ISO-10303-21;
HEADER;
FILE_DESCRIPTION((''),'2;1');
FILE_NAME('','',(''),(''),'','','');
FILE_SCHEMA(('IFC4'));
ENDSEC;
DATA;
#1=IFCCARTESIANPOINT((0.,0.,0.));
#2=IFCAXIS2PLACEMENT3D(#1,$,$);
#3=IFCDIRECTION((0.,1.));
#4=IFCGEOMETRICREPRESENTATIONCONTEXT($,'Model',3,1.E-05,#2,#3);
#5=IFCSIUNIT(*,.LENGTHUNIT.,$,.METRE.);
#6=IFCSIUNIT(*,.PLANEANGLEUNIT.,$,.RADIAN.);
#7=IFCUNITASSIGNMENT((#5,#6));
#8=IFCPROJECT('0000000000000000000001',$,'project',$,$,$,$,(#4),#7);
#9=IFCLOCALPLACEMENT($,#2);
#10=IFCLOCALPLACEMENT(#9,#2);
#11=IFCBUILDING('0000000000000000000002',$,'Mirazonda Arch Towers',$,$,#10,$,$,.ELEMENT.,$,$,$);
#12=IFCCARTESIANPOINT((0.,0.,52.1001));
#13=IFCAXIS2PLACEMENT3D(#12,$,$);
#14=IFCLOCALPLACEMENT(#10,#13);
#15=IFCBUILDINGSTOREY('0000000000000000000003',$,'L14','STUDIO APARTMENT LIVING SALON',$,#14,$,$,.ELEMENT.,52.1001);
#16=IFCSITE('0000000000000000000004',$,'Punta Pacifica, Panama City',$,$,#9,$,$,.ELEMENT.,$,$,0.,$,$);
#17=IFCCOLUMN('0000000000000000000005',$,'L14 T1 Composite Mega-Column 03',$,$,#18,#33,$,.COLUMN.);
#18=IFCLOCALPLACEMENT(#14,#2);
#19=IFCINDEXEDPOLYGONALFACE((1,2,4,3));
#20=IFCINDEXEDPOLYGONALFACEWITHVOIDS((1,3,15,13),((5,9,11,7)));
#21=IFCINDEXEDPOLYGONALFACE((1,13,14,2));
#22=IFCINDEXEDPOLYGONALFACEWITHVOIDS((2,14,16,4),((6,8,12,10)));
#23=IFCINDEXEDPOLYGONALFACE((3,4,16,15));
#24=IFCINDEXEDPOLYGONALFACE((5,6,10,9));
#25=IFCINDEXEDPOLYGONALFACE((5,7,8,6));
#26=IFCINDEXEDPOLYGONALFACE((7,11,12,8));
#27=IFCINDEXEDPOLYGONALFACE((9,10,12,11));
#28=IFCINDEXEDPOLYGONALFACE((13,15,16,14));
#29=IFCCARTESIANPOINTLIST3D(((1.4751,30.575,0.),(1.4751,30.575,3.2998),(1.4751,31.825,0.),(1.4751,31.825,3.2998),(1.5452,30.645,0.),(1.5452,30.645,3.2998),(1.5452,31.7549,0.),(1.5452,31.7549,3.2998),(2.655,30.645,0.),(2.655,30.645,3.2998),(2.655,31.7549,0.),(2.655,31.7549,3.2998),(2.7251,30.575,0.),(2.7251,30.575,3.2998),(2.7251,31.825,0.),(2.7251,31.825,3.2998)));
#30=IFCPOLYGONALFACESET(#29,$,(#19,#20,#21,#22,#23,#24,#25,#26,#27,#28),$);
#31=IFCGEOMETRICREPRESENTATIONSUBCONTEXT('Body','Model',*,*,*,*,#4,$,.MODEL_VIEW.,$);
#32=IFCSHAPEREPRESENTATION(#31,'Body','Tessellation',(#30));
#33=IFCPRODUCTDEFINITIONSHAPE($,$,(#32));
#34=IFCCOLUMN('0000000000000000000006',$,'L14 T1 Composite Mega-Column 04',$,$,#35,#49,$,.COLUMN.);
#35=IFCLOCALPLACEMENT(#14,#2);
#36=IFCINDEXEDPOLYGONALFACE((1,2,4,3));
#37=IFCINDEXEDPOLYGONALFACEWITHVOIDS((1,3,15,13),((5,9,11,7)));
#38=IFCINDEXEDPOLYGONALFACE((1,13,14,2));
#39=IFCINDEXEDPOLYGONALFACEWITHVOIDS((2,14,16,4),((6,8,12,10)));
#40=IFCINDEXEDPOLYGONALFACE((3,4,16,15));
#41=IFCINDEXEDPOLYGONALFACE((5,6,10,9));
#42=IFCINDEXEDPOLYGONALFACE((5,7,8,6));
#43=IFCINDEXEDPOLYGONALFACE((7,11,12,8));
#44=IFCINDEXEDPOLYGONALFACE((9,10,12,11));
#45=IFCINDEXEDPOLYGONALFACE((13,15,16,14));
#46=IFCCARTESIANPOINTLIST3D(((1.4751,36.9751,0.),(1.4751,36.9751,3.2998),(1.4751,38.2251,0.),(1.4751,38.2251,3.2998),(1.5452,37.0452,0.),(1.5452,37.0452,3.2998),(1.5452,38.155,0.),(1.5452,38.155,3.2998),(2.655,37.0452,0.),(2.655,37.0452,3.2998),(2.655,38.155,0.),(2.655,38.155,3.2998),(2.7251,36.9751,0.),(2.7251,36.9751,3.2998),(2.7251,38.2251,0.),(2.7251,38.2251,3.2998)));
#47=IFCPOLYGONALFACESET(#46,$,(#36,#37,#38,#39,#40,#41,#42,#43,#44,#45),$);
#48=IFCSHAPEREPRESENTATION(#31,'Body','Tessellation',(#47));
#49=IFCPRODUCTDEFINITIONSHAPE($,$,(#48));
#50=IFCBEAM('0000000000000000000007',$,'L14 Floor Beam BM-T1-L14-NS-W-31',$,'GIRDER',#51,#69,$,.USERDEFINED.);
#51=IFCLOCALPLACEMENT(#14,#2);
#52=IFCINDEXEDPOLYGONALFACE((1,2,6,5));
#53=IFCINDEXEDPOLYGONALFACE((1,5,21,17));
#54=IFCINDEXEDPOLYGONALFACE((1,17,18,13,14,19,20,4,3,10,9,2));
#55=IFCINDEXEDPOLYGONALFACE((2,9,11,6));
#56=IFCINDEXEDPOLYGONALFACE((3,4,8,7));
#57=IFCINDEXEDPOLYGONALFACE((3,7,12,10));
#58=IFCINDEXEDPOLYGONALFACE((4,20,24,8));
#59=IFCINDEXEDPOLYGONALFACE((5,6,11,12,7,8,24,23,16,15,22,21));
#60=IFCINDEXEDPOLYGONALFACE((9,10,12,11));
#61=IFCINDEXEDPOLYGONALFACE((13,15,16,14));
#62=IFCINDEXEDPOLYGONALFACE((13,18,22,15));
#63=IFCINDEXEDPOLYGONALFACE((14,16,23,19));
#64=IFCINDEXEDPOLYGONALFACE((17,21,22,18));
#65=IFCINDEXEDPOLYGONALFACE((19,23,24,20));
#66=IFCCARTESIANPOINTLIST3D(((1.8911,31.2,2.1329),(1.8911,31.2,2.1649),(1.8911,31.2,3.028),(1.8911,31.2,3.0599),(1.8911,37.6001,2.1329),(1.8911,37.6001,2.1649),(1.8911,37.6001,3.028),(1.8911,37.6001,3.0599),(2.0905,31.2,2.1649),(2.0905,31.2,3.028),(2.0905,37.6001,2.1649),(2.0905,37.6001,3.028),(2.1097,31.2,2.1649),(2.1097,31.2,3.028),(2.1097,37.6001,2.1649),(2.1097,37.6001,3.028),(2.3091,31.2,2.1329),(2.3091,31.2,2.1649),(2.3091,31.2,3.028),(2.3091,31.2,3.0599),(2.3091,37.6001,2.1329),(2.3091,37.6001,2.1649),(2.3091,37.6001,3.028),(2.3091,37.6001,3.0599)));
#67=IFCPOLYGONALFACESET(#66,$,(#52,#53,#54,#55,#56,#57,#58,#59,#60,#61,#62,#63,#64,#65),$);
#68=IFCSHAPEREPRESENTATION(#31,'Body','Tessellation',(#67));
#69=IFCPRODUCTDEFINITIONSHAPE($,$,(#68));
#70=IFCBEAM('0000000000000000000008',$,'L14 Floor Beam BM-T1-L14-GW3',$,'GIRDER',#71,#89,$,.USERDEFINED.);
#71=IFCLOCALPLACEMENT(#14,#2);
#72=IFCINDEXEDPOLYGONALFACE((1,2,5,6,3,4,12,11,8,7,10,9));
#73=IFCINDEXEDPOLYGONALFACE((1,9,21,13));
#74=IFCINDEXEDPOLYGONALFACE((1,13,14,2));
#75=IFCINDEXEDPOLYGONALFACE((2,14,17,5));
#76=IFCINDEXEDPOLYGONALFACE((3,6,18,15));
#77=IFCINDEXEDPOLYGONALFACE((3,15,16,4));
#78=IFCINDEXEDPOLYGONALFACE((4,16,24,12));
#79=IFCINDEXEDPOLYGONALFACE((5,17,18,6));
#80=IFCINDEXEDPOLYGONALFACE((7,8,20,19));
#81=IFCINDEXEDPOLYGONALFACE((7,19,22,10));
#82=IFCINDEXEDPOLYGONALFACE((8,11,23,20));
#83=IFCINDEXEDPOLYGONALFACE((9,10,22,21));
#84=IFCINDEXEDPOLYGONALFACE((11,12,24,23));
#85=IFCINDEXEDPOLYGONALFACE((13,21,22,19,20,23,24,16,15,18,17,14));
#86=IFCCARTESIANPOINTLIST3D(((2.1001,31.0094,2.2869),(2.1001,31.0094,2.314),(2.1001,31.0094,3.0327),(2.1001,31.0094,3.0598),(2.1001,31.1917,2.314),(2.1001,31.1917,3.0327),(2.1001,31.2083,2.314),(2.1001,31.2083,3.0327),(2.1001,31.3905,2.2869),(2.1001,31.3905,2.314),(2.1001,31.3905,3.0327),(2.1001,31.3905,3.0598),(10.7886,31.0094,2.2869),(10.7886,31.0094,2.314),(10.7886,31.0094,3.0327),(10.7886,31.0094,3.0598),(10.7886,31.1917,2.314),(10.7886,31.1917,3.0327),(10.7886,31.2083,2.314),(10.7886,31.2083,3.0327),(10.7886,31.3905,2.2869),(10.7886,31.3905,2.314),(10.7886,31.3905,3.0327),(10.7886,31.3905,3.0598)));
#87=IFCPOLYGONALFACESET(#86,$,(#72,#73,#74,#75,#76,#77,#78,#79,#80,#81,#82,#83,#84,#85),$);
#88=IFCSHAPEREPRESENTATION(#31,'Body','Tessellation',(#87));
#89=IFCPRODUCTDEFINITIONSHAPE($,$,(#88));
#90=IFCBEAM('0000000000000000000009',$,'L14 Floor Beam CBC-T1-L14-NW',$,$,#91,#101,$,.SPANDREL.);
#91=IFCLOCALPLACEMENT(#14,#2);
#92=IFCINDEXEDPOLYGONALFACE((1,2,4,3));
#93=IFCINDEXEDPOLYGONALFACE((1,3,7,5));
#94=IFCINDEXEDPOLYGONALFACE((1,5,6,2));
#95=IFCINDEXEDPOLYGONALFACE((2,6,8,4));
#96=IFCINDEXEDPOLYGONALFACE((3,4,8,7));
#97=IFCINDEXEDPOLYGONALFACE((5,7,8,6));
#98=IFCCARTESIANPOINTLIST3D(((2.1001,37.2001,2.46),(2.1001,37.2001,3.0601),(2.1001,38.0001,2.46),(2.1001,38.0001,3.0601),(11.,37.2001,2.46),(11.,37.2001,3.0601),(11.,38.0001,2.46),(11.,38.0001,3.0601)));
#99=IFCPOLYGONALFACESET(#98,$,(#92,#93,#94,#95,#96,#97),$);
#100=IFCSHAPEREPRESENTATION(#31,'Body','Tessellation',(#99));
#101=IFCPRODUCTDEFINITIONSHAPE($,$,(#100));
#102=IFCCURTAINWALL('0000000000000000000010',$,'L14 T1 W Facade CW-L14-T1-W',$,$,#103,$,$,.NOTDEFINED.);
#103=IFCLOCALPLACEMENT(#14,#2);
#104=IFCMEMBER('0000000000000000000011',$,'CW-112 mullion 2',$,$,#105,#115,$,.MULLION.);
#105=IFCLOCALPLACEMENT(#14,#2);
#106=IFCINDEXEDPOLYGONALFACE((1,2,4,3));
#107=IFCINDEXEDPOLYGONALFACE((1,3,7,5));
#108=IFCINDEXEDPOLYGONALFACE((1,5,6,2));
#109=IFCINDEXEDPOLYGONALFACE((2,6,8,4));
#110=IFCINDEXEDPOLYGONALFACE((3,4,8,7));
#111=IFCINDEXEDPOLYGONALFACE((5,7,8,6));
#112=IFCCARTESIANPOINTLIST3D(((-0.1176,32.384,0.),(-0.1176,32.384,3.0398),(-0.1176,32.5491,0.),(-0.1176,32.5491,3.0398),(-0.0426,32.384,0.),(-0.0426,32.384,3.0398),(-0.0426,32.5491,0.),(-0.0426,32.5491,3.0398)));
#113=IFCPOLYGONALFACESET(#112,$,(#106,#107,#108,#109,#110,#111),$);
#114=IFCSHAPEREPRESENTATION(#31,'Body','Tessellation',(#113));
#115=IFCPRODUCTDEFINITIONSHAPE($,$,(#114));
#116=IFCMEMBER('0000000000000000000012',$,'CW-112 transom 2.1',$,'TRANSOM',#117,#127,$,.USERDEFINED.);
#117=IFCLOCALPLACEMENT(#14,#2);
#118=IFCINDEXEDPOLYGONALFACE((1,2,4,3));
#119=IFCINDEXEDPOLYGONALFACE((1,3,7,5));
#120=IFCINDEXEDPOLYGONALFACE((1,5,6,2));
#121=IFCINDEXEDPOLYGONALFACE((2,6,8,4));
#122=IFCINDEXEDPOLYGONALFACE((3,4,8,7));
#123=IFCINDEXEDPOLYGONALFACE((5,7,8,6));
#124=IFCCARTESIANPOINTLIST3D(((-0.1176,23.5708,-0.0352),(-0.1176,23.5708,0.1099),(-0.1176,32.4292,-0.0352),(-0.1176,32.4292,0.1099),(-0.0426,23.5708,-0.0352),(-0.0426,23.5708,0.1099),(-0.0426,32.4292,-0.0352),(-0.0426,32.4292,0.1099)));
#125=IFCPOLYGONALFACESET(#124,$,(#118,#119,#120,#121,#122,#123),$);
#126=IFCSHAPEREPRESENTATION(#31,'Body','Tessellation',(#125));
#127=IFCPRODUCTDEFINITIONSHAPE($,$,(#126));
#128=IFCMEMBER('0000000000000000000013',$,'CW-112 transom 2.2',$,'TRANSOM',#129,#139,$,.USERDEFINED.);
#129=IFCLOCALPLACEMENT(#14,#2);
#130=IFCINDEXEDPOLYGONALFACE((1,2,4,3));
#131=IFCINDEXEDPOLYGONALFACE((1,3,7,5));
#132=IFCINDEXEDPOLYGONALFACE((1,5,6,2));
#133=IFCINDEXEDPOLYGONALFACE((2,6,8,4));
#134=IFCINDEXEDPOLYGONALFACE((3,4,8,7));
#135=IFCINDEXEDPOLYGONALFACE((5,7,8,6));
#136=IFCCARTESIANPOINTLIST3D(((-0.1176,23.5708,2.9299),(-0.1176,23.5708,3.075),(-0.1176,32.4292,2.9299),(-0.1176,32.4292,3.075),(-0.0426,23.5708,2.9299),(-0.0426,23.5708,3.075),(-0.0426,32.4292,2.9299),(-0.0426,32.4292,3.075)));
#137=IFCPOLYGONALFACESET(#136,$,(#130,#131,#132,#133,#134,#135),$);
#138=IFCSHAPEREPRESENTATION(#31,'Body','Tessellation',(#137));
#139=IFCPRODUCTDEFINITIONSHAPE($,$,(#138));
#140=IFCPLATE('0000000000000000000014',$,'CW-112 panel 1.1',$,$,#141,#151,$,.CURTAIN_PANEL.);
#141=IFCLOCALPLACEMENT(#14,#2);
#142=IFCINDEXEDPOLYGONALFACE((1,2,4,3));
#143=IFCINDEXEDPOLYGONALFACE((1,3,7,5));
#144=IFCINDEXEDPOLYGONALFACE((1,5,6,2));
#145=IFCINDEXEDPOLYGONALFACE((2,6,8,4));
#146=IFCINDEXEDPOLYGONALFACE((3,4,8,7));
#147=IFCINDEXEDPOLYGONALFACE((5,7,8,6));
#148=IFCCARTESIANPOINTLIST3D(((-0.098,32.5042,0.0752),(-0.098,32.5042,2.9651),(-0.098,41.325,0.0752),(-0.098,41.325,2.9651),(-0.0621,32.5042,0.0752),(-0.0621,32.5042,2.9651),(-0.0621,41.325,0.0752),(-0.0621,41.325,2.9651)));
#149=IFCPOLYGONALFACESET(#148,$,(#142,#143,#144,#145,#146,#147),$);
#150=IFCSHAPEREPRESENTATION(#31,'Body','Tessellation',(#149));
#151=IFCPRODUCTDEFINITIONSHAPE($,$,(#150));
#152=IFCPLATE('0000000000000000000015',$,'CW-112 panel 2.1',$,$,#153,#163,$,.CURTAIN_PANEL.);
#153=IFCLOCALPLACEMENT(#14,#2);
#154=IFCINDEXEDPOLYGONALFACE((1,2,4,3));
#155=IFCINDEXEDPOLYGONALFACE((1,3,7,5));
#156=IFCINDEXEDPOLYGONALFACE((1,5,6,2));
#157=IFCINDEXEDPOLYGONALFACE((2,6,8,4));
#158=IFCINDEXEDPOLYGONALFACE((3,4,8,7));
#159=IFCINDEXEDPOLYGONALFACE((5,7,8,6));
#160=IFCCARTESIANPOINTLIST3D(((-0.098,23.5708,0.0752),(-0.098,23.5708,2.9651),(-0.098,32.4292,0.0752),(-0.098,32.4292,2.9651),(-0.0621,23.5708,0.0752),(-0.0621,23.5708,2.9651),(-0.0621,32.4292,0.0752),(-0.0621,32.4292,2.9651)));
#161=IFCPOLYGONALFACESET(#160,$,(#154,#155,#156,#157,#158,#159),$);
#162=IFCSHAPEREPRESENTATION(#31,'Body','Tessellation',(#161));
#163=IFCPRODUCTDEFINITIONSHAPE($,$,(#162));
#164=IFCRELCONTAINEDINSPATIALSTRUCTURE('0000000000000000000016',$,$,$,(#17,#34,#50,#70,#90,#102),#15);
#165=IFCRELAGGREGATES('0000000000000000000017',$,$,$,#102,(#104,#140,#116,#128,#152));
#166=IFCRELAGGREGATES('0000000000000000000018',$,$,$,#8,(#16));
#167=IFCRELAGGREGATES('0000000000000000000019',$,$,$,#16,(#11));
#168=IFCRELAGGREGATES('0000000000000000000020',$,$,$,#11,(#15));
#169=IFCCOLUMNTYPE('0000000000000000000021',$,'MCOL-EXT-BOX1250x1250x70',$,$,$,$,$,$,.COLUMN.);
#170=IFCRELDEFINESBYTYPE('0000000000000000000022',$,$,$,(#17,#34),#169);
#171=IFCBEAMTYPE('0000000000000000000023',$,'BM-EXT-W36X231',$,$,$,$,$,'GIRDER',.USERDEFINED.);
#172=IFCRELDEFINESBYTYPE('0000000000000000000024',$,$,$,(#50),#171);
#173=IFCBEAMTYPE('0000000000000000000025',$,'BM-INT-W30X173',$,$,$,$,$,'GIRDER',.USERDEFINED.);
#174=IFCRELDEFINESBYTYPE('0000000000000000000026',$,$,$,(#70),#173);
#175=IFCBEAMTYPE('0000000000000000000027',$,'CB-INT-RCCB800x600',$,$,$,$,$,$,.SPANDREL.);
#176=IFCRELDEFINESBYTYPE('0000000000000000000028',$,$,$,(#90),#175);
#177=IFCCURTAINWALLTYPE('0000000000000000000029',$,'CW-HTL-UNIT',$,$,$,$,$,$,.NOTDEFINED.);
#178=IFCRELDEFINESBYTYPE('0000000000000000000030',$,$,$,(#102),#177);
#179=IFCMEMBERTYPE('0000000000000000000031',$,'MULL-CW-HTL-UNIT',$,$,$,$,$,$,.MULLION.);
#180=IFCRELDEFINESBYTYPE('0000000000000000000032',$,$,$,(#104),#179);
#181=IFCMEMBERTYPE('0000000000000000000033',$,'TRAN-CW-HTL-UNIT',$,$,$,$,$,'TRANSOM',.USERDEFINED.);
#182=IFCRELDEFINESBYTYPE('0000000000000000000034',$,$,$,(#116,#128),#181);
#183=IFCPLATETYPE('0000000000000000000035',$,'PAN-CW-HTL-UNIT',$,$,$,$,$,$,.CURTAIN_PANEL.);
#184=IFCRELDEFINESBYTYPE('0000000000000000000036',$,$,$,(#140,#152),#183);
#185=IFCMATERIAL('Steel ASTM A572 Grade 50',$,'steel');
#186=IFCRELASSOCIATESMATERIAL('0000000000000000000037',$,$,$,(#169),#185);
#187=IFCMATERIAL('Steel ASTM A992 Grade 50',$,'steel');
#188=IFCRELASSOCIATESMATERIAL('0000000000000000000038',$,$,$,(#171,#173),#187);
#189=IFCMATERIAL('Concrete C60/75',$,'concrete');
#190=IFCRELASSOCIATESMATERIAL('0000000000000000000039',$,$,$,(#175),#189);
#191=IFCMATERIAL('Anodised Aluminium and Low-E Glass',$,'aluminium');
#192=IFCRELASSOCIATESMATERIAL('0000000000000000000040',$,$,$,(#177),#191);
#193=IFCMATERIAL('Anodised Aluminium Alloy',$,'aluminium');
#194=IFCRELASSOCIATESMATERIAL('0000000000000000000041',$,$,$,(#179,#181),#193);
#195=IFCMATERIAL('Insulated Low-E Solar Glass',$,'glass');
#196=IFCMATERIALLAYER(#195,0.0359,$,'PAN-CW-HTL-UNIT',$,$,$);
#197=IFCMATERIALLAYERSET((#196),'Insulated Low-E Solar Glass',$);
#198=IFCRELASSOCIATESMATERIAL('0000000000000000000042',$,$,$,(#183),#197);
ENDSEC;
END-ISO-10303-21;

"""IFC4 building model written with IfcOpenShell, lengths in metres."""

from ifc_helpers import new_model, si_unit, direction, frame, origin, origin_2d, place, context, subcontext, project, spatial, rectangle, hollow_rectangle, i_section, extrude, material, layer, layer_set, material_profile, profile_set, type_object, element, aggregate, save


model = new_model("IFC4")

# Units and contexts
model_context = context("Model", 3, precision=1e-05, world=origin(), true_north=direction((0.0, 1.0)))
body_context = subcontext(model_context, "Body", "Model", "MODEL_VIEW")
ifc_project = project(units=[si_unit("LENGTHUNIT", "METRE"), si_unit("PLANEANGLEUNIT", "RADIAN")], contexts=[model_context])

# Site, building, storey
site_placement = place(None, origin())
site = spatial("IfcSite", under=ifc_project, at=site_placement, Name="Punta Pacifica, Panama City", CompositionType="ELEMENT", RefElevation=0.0)
building_placement = place(site_placement, origin())
building = spatial("IfcBuilding", under=site, at=building_placement, Name="Mirazonda Arch Towers", CompositionType="ELEMENT")
storey_placement = place(building_placement, frame((0.0, 0.0, 52.1001)))
storey = spatial("IfcBuildingStorey", under=building, at=storey_placement, Name="L14", Description="STUDIO APARTMENT LIVING SALON", CompositionType="ELEMENT", Elevation=52.1001)

# Columns
ifc_material_1 = material(Name="Steel ASTM A572 Grade 50", Category="steel")
ifc_material_profile_1 = material_profile(ifc_material_1, hollow_rectangle(XDim=1.25, YDim=1.25, WallThickness=0.0701, at=origin_2d()), Name="BOX1250x1250x70")
ifc_profile_set_1 = profile_set([ifc_material_profile_1], Name="Steel ASTM A572 Grade 50")
column_type = type_object("IfcColumnType", Name="MCOL-EXT-BOX1250x1250x70", PredefinedType="COLUMN", material=ifc_profile_set_1)
for number, where, z_axis, x_axis, name in (
    (1, (2.1001, 31.2, 0.0), (0.0, 0.0, 1.0), (1.0, 0.0, 0.0), "L14 T1 Composite Mega-Column 03"),
    (2, (2.1001, 37.6001, 0.0), (0.0, 0.0, 1.0), (1.0, 0.0, 0.0), "L14 T1 Composite Mega-Column 04"),
):
    element("IfcColumn", number, at=place(storey_placement, frame(where, z_axis=z_axis, x_axis=x_axis)), inside=storey, type_object=column_type, Name=name, PredefinedType="COLUMN", context=body_context, shape_type="SweptSolid", body=[
        extrude(hollow_rectangle(XDim=1.25, YDim=1.25, WallThickness=0.0701, at=origin_2d()), origin(), (0.0, 0.0, 1.0), 3.2998),
    ])

# Beams
ifc_material_2 = material(Name="Steel ASTM A992 Grade 50", Category="steel")
ifc_material_profile_2 = material_profile(ifc_material_2, i_section(OverallWidth=0.418, OverallDepth=0.927, WebThickness=0.0193, FlangeThickness=0.032, at=origin_2d()), Name="W36X231")
ifc_profile_set_2 = profile_set([ifc_material_profile_2], Name="Steel ASTM A992 Grade 50")
beam_type_1 = type_object("IfcBeamType", Name="BM-EXT-W36X231", ElementType="GIRDER", PredefinedType="USERDEFINED", material=ifc_profile_set_2)
beam_1_placement = place(storey_placement, frame((2.1001, 31.2, 2.5964), z_axis=(0.0, 1.0, 0.0), x_axis=(-1.0, 0.0, 0.0)))
element("IfcBeam", 3, at=beam_1_placement, inside=storey, type_object=beam_type_1, Name="L14 Floor Beam BM-T1-L14-NS-W-31", ObjectType="GIRDER", PredefinedType="USERDEFINED", context=body_context, shape_type="SweptSolid", body=[
    extrude(i_section(OverallWidth=0.418, OverallDepth=0.927, WebThickness=0.0193, FlangeThickness=0.032, at=origin_2d()), origin(), (0.0, 0.0, 1.0), 6.4001),
])
ifc_material_profile_3 = material_profile(ifc_material_2, i_section(OverallWidth=0.3811, OverallDepth=0.7729, WebThickness=0.0166, FlangeThickness=0.0271, at=origin_2d()), Name="W30X173")
ifc_profile_set_3 = profile_set([ifc_material_profile_3], Name="Steel ASTM A992 Grade 50")
beam_type_2 = type_object("IfcBeamType", Name="BM-INT-W30X173", ElementType="GIRDER", PredefinedType="USERDEFINED", material=ifc_profile_set_3)
beam_2_placement = place(storey_placement, frame((2.1001, 31.2, 2.6733), z_axis=(1.0, 0.0, 0.0), x_axis=(0.0, 1.0, 0.0)))
element("IfcBeam", 4, at=beam_2_placement, inside=storey, type_object=beam_type_2, Name="L14 Floor Beam BM-T1-L14-GW3", ObjectType="GIRDER", PredefinedType="USERDEFINED", context=body_context, shape_type="SweptSolid", body=[
    extrude(i_section(OverallWidth=0.3811, OverallDepth=0.7729, WebThickness=0.0166, FlangeThickness=0.0271, at=origin_2d()), origin(), (0.0, 0.0, 1.0), 8.6885),
])
ifc_material_3 = material(Name="Concrete C60/75", Category="concrete")
ifc_material_profile_4 = material_profile(ifc_material_3, rectangle(XDim=0.8, YDim=0.6001, at=origin_2d()), Name="RCCB800x600")
ifc_profile_set_4 = profile_set([ifc_material_profile_4], Name="Concrete C60/75")
beam_type_3 = type_object("IfcBeamType", Name="CB-INT-RCCB800x600", PredefinedType="SPANDREL", material=ifc_profile_set_4)
beam_3_placement = place(storey_placement, frame((2.1001, 37.6001, 2.76), z_axis=(1.0, 0.0, 0.0), x_axis=(0.0, 1.0, 0.0)))
element("IfcBeam", 5, at=beam_3_placement, inside=storey, type_object=beam_type_3, Name="L14 Floor Beam CBC-T1-L14-NW", PredefinedType="SPANDREL", context=body_context, shape_type="SweptSolid", body=[
    extrude(rectangle(XDim=0.8, YDim=0.6001, at=origin_2d()), origin(), (0.0, 0.0, 1.0), 8.8999),
])

# Curtain wall, members, plates
ifc_material_4 = material(Name="Anodised Aluminium and Low-E Glass", Category="aluminium")
curtain_wall_type = type_object("IfcCurtainWallType", Name="CW-HTL-UNIT", PredefinedType="NOTDEFINED", material=ifc_material_4)
curtain_wall_placement = place(storey_placement, origin())
curtain_wall = element("IfcCurtainWall", 6, at=curtain_wall_placement, inside=storey, type_object=curtain_wall_type, Name="L14 T1 W Facade CW-L14-T1-W", PredefinedType="NOTDEFINED")
ifc_material_5 = material(Name="Anodised Aluminium Alloy", Category="aluminium")
ifc_material_profile_5 = material_profile(ifc_material_5, rectangle(XDim=0.075, YDim=0.165, at=origin_2d()), Name="ALU-MULL-75x165")
ifc_profile_set_5 = profile_set([ifc_material_profile_5], Name="Anodised Aluminium Alloy")
member_type_1 = type_object("IfcMemberType", Name="MULL-CW-HTL-UNIT", PredefinedType="MULLION", material=ifc_profile_set_5)
member_1_placement = place(storey_placement, frame((-0.0801, 32.4666, 0.0), z_axis=(0.0, 0.0, 1.0), x_axis=(1.0, 0.0, 0.0)))
member_1 = element("IfcMember", 7, at=member_1_placement, type_object=member_type_1, Name="CW-112 mullion 2", PredefinedType="MULLION", context=body_context, shape_type="SweptSolid", body=[
    extrude(rectangle(XDim=0.075, YDim=0.165, at=origin_2d()), origin(), (0.0, 0.0, 1.0), 3.0398),
])
ifc_material_profile_6 = material_profile(ifc_material_5, rectangle(XDim=0.075, YDim=0.145, at=origin_2d()), Name="ALU-TRAN-75x145")
ifc_profile_set_6 = profile_set([ifc_material_profile_6], Name="Anodised Aluminium Alloy")
member_type_2 = type_object("IfcMemberType", Name="TRAN-CW-HTL-UNIT", ElementType="TRANSOM", PredefinedType="USERDEFINED", material=ifc_profile_set_6)
member_2_placement = place(storey_placement, frame((-0.0801, 32.4292, 0.0374), z_axis=(0.0, -1.0, 0.0), x_axis=(1.0, 0.0, 0.0)))
member_2 = element("IfcMember", 8, at=member_2_placement, type_object=member_type_2, Name="CW-112 transom 2.1", ObjectType="TRANSOM", PredefinedType="USERDEFINED", context=body_context, shape_type="SweptSolid", body=[
    extrude(rectangle(XDim=0.075, YDim=0.145, at=origin_2d()), origin(), (0.0, 0.0, 1.0), 8.8584),
])
member_3_placement = place(storey_placement, frame((-0.0801, 32.4292, 3.0024), z_axis=(0.0, -1.0, 0.0), x_axis=(1.0, 0.0, 0.0)))
member_3 = element("IfcMember", 9, at=member_3_placement, type_object=member_type_2, Name="CW-112 transom 2.2", ObjectType="TRANSOM", PredefinedType="USERDEFINED", context=body_context, shape_type="SweptSolid", body=[
    extrude(rectangle(XDim=0.075, YDim=0.145, at=origin_2d()), origin(), (0.0, 0.0, 1.0), 8.8584),
])
ifc_material_6 = material(Name="Insulated Low-E Solar Glass", Category="glass")
ifc_layer_1 = layer(ifc_material_6, 0.0359, Name="PAN-CW-HTL-UNIT")
ifc_layer_set_1 = layer_set([ifc_layer_1], Name="Insulated Low-E Solar Glass")
plate_type = type_object("IfcPlateType", Name="PAN-CW-HTL-UNIT", PredefinedType="CURTAIN_PANEL", material=ifc_layer_set_1)
plate_1_placement = place(storey_placement, frame((-0.0801, 36.9146, 0.0752), z_axis=(0.0, 0.0, 1.0), x_axis=(0.0, -1.0, 0.0)))
plate_1 = element("IfcPlate", 10, at=plate_1_placement, type_object=plate_type, Name="CW-112 panel 1.1", PredefinedType="CURTAIN_PANEL", context=body_context, shape_type="SweptSolid", body=[
    extrude(rectangle(XDim=8.8208, YDim=0.0359, at=origin_2d()), origin(), (0.0, 0.0, 1.0), 2.8899),
])
plate_2_placement = place(storey_placement, frame((-0.0801, 28.0, 0.0752), z_axis=(0.0, 0.0, 1.0), x_axis=(0.0, -1.0, 0.0)))
plate_2 = element("IfcPlate", 11, at=plate_2_placement, type_object=plate_type, Name="CW-112 panel 2.1", PredefinedType="CURTAIN_PANEL", context=body_context, shape_type="SweptSolid", body=[
    extrude(rectangle(XDim=8.8584, YDim=0.0359, at=origin_2d()), origin(), (0.0, 0.0, 1.0), 2.8899),
])
aggregate(curtain_wall, [member_1, plate_1, member_2, member_3, plate_2])

save(model, "model.ifc")
